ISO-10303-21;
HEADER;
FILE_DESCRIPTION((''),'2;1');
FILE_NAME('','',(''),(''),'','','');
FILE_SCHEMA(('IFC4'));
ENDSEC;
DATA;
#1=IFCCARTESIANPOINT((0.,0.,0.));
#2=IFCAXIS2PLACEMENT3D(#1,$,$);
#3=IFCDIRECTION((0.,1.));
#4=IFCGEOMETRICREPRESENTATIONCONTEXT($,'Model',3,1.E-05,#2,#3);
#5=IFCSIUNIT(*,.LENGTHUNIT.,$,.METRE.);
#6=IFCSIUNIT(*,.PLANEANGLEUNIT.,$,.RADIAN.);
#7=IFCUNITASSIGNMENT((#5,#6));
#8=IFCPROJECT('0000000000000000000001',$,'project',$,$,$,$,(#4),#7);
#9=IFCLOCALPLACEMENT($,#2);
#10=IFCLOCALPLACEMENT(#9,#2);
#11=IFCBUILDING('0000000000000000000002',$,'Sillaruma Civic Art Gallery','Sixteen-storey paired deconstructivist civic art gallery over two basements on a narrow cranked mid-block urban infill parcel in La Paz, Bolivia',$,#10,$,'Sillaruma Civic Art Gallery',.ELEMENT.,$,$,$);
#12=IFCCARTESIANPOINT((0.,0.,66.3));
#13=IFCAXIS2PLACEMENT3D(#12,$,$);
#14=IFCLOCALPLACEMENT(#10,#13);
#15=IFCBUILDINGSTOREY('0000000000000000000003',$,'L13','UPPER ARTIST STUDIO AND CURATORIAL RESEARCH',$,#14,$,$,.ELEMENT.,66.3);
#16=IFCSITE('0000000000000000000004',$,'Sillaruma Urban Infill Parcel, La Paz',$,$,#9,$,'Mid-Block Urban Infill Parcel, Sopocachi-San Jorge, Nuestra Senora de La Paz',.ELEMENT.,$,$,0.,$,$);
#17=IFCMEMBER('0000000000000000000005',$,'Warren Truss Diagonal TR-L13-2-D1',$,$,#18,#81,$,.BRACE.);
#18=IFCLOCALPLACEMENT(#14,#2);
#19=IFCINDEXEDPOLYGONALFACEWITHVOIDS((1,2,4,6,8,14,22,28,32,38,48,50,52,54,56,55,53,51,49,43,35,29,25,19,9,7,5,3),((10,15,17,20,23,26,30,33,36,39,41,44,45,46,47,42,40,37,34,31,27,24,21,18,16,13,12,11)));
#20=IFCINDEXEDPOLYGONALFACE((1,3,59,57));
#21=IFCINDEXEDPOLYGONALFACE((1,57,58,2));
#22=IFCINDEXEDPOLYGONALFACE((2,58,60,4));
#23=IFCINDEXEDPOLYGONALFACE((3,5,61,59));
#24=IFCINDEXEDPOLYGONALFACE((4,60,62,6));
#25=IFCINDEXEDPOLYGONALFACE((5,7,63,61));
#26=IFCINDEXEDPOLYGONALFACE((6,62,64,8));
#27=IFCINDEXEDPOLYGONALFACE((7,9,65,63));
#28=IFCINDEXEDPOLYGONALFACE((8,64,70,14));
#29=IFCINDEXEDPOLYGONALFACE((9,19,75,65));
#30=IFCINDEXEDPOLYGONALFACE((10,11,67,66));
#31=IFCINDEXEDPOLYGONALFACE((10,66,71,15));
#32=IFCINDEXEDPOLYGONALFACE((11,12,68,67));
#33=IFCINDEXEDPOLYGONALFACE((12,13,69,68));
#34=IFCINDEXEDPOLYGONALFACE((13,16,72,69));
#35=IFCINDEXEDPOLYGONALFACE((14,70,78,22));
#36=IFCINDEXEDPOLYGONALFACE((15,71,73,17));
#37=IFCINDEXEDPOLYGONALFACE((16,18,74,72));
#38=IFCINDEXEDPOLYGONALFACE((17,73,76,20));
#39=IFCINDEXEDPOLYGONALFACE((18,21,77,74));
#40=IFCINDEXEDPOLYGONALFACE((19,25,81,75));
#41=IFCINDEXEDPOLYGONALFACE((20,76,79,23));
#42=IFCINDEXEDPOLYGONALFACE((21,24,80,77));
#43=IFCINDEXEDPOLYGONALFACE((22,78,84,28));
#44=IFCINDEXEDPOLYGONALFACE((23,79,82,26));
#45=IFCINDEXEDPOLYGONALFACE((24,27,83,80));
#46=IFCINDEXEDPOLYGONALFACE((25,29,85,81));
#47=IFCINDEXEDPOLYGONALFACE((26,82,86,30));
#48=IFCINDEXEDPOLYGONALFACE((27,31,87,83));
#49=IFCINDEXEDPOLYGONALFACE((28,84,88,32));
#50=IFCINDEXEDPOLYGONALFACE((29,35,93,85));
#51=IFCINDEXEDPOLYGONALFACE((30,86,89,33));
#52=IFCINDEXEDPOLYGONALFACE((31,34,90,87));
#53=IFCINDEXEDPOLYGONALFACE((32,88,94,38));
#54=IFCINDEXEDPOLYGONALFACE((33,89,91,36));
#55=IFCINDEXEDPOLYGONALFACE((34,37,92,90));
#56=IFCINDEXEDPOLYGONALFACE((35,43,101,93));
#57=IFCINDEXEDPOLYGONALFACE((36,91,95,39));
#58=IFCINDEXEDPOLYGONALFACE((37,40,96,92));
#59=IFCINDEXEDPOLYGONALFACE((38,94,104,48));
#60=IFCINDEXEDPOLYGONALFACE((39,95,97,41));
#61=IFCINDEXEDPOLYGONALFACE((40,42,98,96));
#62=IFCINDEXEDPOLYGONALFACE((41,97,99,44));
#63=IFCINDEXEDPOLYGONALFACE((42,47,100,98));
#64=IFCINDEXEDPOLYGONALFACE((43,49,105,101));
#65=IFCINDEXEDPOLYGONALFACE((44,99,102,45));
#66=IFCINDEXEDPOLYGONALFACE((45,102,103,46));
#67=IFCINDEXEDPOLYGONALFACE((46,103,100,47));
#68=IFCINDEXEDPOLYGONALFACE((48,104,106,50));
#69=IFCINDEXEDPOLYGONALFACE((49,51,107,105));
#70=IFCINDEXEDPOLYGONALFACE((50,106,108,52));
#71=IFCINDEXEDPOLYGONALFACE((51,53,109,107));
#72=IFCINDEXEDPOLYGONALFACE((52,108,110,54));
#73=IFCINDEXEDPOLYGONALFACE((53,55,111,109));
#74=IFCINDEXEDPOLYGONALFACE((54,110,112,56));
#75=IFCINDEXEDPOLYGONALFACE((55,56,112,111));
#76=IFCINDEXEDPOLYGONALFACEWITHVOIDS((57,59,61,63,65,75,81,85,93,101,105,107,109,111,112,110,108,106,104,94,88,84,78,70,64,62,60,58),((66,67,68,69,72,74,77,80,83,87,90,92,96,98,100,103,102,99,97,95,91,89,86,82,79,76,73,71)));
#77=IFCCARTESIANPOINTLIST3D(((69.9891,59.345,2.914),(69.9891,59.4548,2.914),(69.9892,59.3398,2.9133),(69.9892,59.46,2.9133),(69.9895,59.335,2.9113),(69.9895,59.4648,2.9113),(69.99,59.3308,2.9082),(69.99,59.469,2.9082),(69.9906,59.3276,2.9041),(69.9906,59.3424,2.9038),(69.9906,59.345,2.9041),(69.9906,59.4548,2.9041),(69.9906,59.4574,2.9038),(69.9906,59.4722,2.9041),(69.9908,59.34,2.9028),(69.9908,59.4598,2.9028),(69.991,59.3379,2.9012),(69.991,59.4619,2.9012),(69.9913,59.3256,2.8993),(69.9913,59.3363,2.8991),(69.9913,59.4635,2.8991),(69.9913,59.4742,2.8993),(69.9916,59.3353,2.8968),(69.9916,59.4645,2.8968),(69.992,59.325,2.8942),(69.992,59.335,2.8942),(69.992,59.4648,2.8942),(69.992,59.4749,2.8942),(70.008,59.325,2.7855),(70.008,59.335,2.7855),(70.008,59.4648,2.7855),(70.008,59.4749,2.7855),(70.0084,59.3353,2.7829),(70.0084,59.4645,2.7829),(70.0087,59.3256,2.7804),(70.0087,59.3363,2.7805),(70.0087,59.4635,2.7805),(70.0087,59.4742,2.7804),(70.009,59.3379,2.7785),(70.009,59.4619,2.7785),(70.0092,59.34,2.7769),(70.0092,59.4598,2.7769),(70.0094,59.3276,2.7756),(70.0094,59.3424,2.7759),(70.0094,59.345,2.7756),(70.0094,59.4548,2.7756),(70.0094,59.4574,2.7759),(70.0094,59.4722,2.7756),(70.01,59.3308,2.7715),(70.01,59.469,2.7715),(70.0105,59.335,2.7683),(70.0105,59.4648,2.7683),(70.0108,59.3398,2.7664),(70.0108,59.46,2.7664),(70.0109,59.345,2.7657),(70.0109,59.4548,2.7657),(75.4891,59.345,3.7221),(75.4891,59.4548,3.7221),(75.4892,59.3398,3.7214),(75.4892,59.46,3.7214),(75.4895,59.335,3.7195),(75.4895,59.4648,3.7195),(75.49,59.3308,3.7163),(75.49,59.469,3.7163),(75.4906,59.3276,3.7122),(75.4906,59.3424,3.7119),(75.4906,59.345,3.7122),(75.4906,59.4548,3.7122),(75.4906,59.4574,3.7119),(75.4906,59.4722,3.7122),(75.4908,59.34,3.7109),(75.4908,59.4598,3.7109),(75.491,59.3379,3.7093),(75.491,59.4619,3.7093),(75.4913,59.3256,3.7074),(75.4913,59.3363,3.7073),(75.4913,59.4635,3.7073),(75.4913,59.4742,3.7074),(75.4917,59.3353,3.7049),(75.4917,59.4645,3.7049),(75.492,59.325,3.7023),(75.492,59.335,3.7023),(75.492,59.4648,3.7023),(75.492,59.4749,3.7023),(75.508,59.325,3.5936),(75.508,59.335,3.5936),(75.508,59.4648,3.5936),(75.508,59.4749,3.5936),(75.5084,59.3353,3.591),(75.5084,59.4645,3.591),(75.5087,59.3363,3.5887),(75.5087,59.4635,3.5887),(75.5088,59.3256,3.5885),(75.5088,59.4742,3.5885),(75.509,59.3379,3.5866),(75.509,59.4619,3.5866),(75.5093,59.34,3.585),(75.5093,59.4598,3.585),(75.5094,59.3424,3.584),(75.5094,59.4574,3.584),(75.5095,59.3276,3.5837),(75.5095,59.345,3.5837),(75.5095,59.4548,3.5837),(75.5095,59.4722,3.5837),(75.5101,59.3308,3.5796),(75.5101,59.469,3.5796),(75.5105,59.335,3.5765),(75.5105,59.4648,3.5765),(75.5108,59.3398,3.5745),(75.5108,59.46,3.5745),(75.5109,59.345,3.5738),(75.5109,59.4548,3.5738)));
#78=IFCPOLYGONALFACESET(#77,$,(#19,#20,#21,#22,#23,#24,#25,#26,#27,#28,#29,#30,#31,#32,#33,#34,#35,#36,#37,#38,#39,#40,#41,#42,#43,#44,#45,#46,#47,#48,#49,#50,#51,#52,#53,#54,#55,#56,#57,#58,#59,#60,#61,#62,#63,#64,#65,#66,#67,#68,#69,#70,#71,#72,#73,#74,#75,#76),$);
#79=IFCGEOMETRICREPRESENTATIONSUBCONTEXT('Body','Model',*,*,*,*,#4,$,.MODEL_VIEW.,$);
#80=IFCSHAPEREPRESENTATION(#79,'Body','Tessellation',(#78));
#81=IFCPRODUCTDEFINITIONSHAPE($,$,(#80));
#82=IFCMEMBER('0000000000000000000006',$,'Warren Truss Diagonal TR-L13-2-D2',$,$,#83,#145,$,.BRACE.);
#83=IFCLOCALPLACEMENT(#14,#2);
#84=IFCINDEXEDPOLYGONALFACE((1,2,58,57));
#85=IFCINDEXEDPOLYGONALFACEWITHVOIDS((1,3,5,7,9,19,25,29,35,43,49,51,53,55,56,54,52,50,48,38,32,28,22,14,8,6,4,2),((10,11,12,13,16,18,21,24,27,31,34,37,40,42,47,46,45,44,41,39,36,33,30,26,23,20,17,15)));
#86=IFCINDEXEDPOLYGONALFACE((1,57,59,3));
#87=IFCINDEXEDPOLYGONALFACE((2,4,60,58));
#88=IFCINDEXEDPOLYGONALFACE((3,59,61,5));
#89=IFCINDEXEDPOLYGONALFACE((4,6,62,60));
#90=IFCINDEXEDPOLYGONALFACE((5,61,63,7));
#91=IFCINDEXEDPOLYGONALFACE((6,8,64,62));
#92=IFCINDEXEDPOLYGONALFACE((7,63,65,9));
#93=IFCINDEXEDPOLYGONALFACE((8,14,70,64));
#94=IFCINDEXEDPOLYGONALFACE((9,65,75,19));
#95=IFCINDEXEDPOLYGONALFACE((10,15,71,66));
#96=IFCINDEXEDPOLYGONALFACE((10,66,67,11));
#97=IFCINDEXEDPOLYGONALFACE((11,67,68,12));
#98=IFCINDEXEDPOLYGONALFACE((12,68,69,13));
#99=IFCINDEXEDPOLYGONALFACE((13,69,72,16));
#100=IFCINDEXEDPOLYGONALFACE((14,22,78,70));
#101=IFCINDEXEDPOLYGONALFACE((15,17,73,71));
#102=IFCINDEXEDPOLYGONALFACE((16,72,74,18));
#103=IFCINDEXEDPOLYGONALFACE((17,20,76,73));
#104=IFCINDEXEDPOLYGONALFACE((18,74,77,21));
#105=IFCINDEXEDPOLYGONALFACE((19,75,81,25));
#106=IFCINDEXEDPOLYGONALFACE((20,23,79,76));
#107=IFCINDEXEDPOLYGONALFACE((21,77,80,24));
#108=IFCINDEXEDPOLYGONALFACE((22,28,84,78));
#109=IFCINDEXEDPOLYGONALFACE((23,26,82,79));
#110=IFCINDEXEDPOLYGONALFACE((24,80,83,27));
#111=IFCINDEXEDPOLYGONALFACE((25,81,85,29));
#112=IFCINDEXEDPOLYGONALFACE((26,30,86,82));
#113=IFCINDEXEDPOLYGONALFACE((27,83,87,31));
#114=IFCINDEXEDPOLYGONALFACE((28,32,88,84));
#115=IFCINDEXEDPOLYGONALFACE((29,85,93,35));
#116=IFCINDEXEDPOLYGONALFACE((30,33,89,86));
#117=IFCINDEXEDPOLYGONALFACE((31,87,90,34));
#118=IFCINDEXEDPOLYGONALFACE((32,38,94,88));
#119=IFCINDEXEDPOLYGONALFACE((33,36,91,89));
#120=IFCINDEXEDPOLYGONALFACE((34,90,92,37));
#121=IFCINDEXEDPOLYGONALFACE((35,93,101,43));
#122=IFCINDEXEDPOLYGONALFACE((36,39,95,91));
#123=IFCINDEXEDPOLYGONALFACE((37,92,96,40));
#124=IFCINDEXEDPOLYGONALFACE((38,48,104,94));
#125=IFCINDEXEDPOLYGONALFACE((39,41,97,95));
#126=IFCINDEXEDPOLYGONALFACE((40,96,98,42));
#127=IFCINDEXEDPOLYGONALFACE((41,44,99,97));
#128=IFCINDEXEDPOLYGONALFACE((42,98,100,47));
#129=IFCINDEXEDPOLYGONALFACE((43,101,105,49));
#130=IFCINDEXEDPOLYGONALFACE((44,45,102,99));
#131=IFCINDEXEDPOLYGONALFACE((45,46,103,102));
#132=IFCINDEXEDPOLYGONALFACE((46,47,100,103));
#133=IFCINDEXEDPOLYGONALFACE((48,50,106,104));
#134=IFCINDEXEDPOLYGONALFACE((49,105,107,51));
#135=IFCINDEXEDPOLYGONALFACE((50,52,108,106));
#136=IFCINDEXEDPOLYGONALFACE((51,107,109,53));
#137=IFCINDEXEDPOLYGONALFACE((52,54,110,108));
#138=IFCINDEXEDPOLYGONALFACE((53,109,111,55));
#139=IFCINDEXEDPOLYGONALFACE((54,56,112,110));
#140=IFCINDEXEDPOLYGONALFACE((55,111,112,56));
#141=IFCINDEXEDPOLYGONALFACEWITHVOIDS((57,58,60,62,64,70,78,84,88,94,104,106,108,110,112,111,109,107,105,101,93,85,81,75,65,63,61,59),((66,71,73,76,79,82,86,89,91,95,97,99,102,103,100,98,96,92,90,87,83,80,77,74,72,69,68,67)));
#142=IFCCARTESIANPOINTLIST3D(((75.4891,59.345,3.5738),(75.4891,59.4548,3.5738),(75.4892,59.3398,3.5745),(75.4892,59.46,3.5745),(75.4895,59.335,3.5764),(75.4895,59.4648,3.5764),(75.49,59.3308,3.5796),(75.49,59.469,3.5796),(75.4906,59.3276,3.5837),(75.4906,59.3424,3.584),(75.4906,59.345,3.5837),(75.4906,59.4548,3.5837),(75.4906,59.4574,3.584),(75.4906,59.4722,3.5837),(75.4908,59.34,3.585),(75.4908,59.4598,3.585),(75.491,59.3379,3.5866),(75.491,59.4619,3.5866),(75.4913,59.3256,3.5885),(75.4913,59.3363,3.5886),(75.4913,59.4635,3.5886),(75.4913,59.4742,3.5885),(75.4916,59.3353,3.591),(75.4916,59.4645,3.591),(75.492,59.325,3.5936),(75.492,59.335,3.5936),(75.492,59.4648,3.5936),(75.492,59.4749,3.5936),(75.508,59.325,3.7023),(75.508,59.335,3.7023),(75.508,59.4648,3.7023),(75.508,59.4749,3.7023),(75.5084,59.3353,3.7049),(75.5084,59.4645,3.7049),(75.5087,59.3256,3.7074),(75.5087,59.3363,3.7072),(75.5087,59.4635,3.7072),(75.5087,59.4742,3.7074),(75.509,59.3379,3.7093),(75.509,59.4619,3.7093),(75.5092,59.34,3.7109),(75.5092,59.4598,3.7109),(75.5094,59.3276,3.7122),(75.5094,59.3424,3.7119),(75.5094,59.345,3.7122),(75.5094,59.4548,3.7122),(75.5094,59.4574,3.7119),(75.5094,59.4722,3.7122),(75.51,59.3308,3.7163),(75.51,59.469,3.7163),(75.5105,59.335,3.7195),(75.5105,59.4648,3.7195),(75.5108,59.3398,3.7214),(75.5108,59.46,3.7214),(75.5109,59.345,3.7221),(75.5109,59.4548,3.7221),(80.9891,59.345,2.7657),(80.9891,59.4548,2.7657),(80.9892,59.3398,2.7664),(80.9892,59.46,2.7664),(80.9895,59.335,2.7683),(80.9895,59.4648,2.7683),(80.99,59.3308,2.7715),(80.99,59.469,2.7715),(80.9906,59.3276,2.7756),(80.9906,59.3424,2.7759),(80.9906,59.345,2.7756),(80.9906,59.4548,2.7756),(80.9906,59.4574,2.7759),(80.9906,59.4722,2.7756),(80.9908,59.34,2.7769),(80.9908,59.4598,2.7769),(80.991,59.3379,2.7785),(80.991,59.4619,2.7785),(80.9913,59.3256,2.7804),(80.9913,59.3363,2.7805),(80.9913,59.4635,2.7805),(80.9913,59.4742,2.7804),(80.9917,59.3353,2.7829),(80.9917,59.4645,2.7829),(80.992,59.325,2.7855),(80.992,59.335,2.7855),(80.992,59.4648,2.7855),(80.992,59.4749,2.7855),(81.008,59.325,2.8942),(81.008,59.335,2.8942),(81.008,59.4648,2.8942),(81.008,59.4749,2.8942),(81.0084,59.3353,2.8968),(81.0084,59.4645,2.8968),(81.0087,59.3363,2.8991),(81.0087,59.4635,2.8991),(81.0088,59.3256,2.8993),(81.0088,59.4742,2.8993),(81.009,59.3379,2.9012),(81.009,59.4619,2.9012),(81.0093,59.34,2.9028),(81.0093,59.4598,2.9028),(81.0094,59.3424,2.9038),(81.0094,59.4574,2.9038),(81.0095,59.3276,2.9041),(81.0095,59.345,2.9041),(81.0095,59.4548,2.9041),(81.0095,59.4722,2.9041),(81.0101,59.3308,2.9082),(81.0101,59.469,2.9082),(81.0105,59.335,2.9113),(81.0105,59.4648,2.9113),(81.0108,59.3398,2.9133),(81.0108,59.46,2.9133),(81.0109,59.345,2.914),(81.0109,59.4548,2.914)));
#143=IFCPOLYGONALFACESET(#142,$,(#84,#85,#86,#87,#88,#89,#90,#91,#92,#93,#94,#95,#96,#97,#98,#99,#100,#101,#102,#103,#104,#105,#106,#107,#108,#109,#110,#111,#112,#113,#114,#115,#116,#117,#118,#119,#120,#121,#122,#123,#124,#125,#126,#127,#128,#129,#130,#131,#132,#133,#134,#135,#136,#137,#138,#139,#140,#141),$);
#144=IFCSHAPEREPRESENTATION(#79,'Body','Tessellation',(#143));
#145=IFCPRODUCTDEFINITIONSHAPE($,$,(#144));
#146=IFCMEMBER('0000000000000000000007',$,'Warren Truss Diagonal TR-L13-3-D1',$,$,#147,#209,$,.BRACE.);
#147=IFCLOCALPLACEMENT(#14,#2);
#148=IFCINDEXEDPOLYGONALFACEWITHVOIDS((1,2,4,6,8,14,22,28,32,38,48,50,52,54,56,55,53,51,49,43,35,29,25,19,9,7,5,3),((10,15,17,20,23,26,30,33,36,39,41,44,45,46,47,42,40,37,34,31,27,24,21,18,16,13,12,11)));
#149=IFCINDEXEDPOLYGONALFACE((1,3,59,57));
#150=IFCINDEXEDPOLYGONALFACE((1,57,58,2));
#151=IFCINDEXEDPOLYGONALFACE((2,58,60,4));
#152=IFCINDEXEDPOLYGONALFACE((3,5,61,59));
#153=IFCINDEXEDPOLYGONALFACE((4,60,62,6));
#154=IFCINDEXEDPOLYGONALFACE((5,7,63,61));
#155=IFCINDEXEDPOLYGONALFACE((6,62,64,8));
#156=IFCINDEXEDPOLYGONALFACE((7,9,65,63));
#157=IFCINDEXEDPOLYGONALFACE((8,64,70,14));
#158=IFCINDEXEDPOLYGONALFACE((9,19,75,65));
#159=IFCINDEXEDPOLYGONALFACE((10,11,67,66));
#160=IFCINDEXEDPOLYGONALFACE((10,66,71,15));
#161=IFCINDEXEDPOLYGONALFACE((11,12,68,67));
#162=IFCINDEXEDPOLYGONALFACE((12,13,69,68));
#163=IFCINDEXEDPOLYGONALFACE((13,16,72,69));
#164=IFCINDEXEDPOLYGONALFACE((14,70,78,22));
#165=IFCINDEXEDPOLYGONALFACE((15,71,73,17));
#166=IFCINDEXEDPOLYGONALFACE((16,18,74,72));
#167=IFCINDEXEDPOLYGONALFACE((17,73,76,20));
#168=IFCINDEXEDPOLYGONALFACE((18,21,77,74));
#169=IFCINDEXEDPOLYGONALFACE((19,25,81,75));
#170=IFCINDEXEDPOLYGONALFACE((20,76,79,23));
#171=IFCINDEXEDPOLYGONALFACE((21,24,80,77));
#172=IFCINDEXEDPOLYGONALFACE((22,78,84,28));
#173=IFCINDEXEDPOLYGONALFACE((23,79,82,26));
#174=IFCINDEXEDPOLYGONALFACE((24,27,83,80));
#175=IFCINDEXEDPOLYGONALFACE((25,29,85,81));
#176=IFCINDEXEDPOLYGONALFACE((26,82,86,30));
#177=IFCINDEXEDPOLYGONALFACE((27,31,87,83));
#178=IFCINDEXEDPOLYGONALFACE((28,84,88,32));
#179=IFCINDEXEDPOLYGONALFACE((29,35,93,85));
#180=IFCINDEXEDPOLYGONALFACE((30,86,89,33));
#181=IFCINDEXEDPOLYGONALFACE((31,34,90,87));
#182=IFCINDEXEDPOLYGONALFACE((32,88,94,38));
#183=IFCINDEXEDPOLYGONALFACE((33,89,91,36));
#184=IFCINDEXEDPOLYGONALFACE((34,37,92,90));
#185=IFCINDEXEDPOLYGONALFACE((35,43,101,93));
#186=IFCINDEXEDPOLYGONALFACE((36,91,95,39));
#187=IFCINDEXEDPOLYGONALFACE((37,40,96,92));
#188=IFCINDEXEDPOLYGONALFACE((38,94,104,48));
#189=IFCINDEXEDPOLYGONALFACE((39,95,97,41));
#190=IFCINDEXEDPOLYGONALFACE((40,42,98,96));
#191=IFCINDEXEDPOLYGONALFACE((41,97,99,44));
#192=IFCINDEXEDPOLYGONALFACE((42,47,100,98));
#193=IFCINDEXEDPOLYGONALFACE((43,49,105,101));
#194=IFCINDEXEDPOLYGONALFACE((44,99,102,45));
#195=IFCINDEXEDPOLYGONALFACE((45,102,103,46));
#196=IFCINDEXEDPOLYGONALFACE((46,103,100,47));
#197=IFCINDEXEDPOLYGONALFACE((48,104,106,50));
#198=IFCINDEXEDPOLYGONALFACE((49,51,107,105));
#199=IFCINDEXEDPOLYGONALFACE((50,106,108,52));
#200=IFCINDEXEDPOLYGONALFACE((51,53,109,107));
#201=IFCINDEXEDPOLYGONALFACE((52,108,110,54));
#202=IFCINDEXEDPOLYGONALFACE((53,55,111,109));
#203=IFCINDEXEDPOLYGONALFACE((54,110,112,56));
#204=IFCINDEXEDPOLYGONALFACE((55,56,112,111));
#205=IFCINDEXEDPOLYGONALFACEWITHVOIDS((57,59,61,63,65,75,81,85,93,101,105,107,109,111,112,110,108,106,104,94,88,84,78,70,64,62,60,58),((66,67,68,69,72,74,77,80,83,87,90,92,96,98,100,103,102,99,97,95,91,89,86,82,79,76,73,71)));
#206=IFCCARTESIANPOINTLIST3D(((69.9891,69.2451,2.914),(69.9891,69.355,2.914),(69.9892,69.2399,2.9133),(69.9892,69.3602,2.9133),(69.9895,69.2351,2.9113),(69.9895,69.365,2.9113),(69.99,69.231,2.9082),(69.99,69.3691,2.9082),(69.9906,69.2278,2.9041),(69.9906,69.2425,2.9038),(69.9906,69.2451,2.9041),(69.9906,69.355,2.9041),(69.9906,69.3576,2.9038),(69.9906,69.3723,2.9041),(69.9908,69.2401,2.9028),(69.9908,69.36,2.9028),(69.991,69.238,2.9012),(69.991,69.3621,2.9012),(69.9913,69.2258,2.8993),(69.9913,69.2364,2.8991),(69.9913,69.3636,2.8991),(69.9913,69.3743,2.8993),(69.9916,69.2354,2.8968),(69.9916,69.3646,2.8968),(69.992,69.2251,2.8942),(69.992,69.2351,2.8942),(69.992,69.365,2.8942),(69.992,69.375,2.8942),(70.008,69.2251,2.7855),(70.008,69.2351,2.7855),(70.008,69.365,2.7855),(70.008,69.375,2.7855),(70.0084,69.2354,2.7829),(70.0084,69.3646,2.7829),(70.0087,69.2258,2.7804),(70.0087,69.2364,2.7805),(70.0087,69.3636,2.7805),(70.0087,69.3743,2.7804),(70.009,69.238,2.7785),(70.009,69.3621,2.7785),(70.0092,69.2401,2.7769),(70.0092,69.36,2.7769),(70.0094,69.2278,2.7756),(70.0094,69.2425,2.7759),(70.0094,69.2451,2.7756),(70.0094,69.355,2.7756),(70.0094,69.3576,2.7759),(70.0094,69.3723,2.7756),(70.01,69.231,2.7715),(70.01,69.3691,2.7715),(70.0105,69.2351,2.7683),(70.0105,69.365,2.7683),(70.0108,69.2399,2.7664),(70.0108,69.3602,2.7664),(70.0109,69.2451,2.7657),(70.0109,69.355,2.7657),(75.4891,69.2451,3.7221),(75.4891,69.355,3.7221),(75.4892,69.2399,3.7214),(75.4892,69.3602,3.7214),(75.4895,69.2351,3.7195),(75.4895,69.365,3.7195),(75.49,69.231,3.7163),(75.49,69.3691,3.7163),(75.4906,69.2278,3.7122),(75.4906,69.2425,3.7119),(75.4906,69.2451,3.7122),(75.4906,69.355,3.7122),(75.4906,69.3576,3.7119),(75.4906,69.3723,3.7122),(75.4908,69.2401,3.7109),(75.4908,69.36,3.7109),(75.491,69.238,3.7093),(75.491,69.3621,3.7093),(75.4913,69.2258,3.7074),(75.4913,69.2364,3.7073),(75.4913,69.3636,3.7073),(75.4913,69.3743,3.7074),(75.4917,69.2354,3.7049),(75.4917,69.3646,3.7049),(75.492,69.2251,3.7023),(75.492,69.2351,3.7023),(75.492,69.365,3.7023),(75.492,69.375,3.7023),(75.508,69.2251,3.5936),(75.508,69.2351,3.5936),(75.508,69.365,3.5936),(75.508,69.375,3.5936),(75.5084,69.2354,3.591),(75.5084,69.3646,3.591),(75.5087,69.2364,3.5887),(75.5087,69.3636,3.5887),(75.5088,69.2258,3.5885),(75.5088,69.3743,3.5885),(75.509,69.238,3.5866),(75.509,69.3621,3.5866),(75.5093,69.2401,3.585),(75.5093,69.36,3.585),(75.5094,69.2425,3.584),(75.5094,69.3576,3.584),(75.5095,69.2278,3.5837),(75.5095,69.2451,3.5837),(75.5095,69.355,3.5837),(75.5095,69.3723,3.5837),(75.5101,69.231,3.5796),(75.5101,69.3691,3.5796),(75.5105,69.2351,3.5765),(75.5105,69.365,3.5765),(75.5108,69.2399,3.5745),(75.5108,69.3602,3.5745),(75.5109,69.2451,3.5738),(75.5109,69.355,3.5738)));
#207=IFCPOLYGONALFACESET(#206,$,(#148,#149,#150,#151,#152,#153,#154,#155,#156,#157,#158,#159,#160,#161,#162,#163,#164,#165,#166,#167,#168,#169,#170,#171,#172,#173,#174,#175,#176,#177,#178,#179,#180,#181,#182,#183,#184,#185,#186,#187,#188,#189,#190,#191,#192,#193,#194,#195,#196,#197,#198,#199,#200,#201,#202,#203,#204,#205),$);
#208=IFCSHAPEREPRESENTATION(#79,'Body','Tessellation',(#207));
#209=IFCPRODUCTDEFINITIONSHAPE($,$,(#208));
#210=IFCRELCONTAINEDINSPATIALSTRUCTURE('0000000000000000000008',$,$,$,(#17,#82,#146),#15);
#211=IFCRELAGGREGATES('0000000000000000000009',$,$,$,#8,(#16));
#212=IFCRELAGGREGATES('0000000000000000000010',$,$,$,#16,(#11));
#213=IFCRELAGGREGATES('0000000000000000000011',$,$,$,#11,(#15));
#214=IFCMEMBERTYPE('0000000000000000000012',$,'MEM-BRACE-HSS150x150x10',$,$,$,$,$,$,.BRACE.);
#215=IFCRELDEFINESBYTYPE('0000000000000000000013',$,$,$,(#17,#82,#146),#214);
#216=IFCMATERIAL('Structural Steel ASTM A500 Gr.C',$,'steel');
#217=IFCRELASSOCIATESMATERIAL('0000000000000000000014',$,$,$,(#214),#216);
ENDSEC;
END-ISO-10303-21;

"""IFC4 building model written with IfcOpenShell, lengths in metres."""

from ifc_helpers import new_model, si_unit, direction, frame, origin, origin_2d, place, context, subcontext, project, spatial, hollow_rectangle, extrude, material, material_profile, profile_set, type_object, element, save


model = new_model("IFC4")

# Units and contexts
model_context = context("Model", 3, precision=1e-05, world=origin(), true_north=direction((0.0, 1.0)))
body_context = subcontext(model_context, "Body", "Model", "MODEL_VIEW")
ifc_project = project(units=[si_unit("LENGTHUNIT", "METRE"), si_unit("PLANEANGLEUNIT", "RADIAN")], contexts=[model_context])

# Site, building, storey
site_placement = place(None, origin())
site = spatial("IfcSite", under=ifc_project, at=site_placement, Name="Sillaruma Urban Infill Parcel, La Paz", LongName="Mid-Block Urban Infill Parcel, Sopocachi-San Jorge, Nuestra Senora de La Paz", CompositionType="ELEMENT", RefElevation=0.0)
building_placement = place(site_placement, origin())
building = spatial("IfcBuilding", under=site, at=building_placement, Name="Sillaruma Civic Art Gallery", Description="Sixteen-storey paired deconstructivist civic art gallery over two basements on a narrow cranked mid-block urban infill parcel in La Paz, Bolivia", LongName="Sillaruma Civic Art Gallery", CompositionType="ELEMENT")
storey_placement = place(building_placement, frame((0.0, 0.0, 66.3)))
storey = spatial("IfcBuildingStorey", under=building, at=storey_placement, Name="L13", Description="UPPER ARTIST STUDIO AND CURATORIAL RESEARCH", CompositionType="ELEMENT", Elevation=66.3)

# Shared definitions
ifc_material_1 = material(Name="Structural Steel ASTM A500 Gr.C", Category="steel")

# Members
ifc_material_profile_1 = material_profile(ifc_material_1, hollow_rectangle(XDim=0.1499, YDim=0.1499, WallThickness=0.01, InnerFilletRadius=0.01, OuterFilletRadius=0.02, at=origin_2d()), Name="HSS150x150x10")
ifc_profile_set_1 = profile_set([ifc_material_profile_1], Name="Structural Steel ASTM A500 Gr.C")
member_type_1 = type_object("IfcMemberType", Name="MEM-BRACE-HSS150x150x10", PredefinedType="BRACE", material=ifc_profile_set_1)
for number, where, z_axis, x_axis, name in (
    (1, (70.0, 59.3999, 2.8398), (0.989378, 0.0, 0.145368), (0.0, 1.0, 0.0), "Warren Truss Diagonal TR-L13-2-D1"),
    (2, (75.5, 59.3999, 3.6479), (0.989378, 0.0, -0.145368), (0.0, 1.0, 0.0), "Warren Truss Diagonal TR-L13-2-D2"),
    (3, (70.0, 69.3, 2.8398), (0.989378, 0.0, 0.145368), (0.0, 1.0, 0.0), "Warren Truss Diagonal TR-L13-3-D1"),
):
    element("IfcMember", number, at=place(storey_placement, frame(where, z_axis=z_axis, x_axis=x_axis)), inside=storey, type_object=member_type_1, Name=name, PredefinedType="BRACE", context=body_context, shape_type="SweptSolid", body=[
        extrude(hollow_rectangle(XDim=0.1499, YDim=0.1499, WallThickness=0.01, InnerFilletRadius=0.01, OuterFilletRadius=0.02, at=origin_2d()), origin(), (0.0, 0.0, 1.0), 5.5591),
    ])

save(model, "model.ifc")
